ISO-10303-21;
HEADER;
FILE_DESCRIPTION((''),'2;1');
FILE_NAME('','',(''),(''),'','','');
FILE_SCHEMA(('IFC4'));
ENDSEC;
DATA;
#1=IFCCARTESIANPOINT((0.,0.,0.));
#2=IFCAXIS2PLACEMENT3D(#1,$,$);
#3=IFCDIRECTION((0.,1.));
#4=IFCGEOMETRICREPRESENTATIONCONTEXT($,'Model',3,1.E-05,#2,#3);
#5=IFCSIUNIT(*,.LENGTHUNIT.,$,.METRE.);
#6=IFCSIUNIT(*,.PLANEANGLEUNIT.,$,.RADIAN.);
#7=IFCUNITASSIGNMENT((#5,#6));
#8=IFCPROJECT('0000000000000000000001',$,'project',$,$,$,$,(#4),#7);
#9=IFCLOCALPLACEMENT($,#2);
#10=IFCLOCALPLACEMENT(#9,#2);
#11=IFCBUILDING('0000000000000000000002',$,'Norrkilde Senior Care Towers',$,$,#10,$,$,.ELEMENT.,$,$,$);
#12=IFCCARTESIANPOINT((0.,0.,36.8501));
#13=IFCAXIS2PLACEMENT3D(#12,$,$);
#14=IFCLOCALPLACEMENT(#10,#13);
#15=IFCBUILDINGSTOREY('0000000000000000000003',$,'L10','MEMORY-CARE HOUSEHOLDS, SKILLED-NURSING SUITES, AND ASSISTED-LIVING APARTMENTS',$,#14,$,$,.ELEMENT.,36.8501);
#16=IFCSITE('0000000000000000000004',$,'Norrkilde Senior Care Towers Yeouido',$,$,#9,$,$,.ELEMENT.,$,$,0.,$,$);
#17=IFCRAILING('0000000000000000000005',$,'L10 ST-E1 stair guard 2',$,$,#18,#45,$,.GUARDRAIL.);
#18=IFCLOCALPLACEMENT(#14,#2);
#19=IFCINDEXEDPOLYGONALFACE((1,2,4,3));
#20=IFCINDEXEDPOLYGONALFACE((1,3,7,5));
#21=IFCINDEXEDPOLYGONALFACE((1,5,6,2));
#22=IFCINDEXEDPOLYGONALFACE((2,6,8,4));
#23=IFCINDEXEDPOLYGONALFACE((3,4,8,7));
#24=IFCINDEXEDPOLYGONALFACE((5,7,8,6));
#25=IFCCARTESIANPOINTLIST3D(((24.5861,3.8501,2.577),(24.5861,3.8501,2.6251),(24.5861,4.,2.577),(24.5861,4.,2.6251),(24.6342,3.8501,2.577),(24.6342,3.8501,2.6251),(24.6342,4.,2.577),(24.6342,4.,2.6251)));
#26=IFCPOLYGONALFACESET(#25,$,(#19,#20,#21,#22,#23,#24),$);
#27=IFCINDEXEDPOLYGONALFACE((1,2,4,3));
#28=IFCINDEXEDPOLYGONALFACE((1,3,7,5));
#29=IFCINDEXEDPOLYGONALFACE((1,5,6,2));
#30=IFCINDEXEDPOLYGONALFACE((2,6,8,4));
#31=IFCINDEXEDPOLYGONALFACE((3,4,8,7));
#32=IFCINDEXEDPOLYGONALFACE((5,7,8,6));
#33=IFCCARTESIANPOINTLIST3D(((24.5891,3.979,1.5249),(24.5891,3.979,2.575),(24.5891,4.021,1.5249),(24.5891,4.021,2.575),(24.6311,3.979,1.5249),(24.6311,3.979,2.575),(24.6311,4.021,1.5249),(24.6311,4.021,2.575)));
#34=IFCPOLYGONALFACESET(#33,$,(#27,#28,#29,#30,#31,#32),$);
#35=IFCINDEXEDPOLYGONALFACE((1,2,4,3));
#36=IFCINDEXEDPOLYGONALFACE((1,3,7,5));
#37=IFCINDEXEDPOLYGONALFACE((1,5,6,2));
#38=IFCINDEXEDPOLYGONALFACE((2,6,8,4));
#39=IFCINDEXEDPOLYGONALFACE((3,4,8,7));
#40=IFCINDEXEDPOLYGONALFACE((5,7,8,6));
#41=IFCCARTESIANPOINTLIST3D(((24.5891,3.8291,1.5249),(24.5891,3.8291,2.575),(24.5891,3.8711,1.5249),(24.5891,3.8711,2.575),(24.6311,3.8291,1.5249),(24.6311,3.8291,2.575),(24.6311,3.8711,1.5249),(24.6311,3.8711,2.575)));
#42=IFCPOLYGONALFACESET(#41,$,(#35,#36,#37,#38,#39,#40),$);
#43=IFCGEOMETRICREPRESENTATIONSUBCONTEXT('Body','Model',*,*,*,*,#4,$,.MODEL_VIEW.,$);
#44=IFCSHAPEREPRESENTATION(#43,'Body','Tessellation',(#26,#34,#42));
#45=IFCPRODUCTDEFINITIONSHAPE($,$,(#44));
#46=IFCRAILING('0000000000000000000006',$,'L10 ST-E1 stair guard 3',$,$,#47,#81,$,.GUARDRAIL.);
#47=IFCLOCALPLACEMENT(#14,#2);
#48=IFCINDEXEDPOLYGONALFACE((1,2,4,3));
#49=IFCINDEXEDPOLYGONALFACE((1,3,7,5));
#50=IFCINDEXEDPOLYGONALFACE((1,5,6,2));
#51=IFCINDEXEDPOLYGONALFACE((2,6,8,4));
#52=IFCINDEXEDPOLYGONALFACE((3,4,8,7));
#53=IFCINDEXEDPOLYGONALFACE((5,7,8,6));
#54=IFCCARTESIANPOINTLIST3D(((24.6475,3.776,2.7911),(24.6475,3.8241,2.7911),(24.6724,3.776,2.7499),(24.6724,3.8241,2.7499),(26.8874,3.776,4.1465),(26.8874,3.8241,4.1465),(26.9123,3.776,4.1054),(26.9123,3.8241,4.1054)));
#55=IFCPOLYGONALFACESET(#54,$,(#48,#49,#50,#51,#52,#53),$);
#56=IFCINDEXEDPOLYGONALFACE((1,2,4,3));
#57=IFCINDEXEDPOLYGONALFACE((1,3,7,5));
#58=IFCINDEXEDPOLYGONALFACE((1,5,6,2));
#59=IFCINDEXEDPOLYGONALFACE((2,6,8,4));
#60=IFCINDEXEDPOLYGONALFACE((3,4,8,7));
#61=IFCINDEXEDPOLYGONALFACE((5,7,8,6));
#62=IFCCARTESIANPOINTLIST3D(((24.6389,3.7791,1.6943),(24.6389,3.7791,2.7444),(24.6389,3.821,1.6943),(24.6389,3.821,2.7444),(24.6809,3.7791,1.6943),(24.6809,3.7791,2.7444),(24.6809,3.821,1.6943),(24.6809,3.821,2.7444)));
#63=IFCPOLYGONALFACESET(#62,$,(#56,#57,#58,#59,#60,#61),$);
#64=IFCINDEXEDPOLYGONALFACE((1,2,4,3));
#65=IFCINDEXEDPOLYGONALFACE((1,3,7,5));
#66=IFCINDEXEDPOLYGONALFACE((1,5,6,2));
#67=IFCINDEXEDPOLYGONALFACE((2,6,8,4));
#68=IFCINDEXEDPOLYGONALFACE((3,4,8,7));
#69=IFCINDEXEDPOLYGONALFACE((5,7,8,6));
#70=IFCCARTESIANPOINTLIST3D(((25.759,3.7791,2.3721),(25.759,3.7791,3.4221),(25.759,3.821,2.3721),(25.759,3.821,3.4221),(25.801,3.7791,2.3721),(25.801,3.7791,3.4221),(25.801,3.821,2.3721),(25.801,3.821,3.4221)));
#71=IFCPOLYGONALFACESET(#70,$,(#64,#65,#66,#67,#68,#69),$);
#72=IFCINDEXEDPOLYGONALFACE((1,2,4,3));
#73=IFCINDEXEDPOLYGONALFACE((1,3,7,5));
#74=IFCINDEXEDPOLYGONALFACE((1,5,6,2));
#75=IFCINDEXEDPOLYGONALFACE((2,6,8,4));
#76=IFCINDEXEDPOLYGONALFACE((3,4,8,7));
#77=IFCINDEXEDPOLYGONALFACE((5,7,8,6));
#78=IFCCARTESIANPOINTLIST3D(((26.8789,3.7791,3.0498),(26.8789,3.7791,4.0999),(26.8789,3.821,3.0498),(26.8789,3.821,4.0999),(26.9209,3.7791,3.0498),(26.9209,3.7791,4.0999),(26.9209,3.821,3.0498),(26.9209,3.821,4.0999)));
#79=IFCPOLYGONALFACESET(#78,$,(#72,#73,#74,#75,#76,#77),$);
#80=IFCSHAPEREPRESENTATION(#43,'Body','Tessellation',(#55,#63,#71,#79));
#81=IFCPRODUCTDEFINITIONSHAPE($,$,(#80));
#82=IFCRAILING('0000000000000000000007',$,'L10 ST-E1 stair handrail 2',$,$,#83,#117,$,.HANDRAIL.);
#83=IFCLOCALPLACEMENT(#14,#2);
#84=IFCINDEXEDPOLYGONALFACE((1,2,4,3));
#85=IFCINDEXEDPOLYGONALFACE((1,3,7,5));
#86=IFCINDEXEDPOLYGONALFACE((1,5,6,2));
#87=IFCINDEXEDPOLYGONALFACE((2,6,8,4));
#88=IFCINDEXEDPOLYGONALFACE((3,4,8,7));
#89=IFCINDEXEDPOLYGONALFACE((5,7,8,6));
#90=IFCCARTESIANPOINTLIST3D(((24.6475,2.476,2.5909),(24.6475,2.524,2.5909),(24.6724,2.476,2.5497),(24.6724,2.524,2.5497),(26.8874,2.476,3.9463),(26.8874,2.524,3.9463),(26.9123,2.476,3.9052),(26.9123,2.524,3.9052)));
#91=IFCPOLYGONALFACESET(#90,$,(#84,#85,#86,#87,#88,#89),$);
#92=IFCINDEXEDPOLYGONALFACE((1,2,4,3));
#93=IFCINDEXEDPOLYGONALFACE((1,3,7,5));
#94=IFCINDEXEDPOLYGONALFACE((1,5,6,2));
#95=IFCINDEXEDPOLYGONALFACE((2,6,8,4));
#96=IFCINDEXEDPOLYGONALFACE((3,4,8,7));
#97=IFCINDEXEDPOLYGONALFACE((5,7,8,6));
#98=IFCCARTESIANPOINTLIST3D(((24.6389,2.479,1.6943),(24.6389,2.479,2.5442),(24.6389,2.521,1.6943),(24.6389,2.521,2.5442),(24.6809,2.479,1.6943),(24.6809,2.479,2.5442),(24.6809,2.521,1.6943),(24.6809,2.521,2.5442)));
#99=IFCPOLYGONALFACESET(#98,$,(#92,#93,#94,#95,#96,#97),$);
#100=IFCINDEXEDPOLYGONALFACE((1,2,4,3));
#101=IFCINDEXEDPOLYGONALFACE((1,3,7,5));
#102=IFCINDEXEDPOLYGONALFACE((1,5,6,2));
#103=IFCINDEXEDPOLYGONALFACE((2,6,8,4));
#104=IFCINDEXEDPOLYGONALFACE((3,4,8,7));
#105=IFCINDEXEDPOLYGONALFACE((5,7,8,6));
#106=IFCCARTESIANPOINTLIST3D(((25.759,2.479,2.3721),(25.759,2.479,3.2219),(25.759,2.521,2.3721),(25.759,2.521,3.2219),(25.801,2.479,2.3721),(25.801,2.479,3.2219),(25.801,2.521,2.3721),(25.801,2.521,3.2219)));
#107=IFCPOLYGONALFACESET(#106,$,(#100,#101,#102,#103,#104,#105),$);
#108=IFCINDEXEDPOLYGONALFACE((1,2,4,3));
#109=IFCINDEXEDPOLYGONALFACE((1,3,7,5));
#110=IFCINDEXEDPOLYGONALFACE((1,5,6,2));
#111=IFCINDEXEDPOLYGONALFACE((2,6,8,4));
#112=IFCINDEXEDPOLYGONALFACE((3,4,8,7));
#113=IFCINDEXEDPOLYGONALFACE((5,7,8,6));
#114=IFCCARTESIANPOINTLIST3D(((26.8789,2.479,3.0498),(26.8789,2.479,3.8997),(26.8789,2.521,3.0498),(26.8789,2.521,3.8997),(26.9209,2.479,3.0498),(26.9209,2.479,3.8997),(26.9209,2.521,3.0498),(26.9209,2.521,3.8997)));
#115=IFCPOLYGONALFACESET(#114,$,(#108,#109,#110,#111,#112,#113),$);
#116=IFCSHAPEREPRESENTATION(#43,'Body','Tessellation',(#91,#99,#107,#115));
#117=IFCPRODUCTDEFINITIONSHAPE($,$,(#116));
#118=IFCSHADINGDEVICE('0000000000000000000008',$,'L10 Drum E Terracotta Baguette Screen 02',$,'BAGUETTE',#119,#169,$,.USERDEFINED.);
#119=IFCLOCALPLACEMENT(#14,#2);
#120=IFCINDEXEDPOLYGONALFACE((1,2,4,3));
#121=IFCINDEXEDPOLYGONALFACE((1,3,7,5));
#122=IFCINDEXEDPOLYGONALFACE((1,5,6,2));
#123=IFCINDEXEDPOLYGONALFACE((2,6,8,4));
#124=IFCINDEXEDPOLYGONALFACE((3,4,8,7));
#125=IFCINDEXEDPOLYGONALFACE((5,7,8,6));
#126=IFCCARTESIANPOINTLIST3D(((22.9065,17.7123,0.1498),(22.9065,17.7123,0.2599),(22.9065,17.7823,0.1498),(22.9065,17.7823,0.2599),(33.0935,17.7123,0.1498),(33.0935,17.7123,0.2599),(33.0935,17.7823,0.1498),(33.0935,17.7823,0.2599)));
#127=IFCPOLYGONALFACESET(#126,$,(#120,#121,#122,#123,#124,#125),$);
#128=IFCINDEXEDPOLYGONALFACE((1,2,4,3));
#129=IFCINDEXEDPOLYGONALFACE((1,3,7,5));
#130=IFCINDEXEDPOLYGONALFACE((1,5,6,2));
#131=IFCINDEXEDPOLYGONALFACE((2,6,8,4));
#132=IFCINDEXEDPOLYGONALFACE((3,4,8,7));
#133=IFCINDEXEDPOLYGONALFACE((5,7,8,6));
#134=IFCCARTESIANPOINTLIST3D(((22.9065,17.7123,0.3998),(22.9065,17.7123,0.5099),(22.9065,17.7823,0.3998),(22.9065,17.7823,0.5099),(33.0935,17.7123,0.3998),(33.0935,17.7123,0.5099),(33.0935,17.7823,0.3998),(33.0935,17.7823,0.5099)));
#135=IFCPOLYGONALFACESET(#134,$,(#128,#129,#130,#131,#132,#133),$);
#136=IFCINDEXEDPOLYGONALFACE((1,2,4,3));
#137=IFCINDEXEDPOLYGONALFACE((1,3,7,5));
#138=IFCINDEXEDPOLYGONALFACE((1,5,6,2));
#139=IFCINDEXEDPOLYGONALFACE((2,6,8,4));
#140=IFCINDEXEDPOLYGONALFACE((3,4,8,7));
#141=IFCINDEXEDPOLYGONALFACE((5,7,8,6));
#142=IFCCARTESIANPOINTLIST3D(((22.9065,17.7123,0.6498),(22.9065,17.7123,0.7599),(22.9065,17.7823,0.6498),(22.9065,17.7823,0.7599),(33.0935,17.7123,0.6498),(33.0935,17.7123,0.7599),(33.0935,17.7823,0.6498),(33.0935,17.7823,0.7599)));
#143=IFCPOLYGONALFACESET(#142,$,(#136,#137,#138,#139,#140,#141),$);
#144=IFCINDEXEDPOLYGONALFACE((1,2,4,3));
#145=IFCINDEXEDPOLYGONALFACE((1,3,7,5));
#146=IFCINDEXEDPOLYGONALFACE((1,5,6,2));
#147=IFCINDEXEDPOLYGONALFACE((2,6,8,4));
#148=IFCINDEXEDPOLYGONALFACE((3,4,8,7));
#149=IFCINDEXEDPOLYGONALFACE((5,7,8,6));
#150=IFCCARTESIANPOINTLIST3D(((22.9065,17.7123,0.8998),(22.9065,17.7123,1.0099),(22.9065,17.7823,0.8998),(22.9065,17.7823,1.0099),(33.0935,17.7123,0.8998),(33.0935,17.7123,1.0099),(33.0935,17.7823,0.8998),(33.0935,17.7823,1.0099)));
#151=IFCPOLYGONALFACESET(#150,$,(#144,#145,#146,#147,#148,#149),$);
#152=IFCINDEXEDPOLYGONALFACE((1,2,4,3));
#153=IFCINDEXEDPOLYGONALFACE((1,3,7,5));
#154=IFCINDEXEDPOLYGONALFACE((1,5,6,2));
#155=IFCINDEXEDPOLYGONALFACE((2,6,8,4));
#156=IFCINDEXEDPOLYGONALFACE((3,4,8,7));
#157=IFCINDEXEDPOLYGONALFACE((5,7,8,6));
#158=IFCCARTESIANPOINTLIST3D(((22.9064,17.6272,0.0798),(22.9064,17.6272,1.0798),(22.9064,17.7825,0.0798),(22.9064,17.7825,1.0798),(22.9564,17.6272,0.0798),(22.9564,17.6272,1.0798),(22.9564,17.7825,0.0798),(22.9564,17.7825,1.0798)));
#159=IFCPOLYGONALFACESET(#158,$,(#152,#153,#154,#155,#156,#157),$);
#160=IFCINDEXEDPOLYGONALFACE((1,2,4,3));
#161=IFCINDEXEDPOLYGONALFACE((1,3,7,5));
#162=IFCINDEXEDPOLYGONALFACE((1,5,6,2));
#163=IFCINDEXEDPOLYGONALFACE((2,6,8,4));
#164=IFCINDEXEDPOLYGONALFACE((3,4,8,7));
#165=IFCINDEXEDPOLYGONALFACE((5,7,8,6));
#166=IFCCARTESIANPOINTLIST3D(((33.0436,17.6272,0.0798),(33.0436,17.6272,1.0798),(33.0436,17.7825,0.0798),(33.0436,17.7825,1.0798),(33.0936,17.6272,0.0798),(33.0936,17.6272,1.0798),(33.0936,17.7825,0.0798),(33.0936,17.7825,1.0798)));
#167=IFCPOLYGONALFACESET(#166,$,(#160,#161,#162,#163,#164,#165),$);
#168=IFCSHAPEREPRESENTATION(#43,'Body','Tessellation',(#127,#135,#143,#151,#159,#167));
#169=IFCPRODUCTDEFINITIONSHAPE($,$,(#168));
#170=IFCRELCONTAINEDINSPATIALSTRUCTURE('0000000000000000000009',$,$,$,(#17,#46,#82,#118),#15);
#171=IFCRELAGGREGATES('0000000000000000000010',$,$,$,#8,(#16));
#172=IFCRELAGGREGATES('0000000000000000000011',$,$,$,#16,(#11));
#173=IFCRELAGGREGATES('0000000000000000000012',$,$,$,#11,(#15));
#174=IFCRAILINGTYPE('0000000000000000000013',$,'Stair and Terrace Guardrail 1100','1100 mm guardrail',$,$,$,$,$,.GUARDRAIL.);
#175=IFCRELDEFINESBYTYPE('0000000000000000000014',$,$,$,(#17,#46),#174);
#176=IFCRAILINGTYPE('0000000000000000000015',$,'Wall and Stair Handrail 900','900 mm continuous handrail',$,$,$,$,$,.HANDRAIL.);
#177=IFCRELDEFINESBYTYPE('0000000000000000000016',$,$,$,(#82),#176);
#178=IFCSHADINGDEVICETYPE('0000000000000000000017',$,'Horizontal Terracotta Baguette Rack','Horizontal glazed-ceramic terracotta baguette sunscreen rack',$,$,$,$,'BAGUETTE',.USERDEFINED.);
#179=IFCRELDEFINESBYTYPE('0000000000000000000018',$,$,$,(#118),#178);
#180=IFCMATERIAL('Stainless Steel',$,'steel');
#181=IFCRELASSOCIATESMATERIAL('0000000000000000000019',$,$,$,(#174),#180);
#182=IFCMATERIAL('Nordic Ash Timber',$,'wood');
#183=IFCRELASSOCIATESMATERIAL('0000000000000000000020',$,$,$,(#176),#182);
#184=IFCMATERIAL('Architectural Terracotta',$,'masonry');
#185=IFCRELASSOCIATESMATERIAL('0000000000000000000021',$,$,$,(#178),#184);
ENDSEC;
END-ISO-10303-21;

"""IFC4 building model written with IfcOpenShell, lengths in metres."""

from ifc_helpers import new_model, si_unit, direction, frame, origin, origin_2d, place, context, subcontext, project, spatial, rectangle, extrude, source, transform, mapped, material, type_object, type_shapes, element, save


model = new_model("IFC4")

# Units and contexts
model_context = context("Model", 3, precision=1e-05, world=origin(), true_north=direction((0.0, 1.0)))
body_context = subcontext(model_context, "Body", "Model", "MODEL_VIEW")
ifc_project = project(units=[si_unit("LENGTHUNIT", "METRE"), si_unit("PLANEANGLEUNIT", "RADIAN")], contexts=[model_context])

# Site, building, storey
site_placement = place(None, origin())
site = spatial("IfcSite", under=ifc_project, at=site_placement, Name="Norrkilde Senior Care Towers Yeouido", CompositionType="ELEMENT", RefElevation=0.0)
building_placement = place(site_placement, origin())
building = spatial("IfcBuilding", under=site, at=building_placement, Name="Norrkilde Senior Care Towers", CompositionType="ELEMENT")
storey_placement = place(building_placement, frame((0.0, 0.0, 36.8501)))
storey = spatial("IfcBuildingStorey", under=building, at=storey_placement, Name="L10", Description="MEMORY-CARE HOUSEHOLDS, SKILLED-NURSING SUITES, AND ASSISTED-LIVING APARTMENTS", CompositionType="ELEMENT", Elevation=36.8501)

# Shared definitions
ifc_material_1 = material(Name="Stainless Steel", Category="steel")

# Shared definitions
ifc_material_2 = material(Name="Nordic Ash Timber", Category="wood")

# Railings
railing_type_1 = type_object("IfcRailingType", Name="Stair and Terrace Guardrail 1100", Description="1100 mm guardrail", PredefinedType="GUARDRAIL", material=ifc_material_1)
railing_1_placement = place(storey_placement, frame((24.6101, 4.0, 1.5249)))
element("IfcRailing", 1, at=railing_1_placement, inside=storey, type_object=railing_type_1, Name="L10 ST-E1 stair guard 2", PredefinedType="GUARDRAIL", context=body_context, shape_type="SweptSolid", body=[
    extrude(rectangle(XDim=0.0481, YDim=0.0481, at=origin_2d()), frame((0.0, 0.0, 1.0762), z_axis=(0.0, -1.0, 0.0), x_axis=(1.0, 0.0, 0.0)), (0.0, 0.0, 1.0), 0.1499),
    extrude(rectangle(XDim=0.042, YDim=0.042, at=origin_2d()), origin(), (0.0, 0.0, 1.0), 1.05),
    extrude(rectangle(XDim=0.042, YDim=0.042, at=origin_2d()), frame((0.0, -0.1499, 0.0)), (0.0, 0.0, 1.0), 1.05),
])
railing_2_placement = place(storey_placement, frame((24.6599, 3.8, 1.6943)))
element("IfcRailing", 2, at=railing_2_placement, inside=storey, type_object=railing_type_1, Name="L10 ST-E1 stair guard 3", PredefinedType="GUARDRAIL", context=body_context, shape_type="SweptSolid", body=[
    extrude(rectangle(XDim=0.0481, YDim=0.0481, at=origin_2d()), frame((0.0, 0.0, 1.0762), z_axis=(0.855553, 0.0, 0.517715), x_axis=(0.0, 1.0, 0.0)), (0.0, 0.0, 1.0), 2.6182),
    extrude(rectangle(XDim=0.042, YDim=0.042, at=origin_2d()), origin(), (0.0, 0.0, 1.0), 1.05),
    extrude(rectangle(XDim=0.042, YDim=0.042, at=origin_2d()), frame((1.1201, 0.0, 0.6777)), (0.0, 0.0, 1.0), 1.05),
    extrude(rectangle(XDim=0.042, YDim=0.042, at=origin_2d()), frame((2.24, 0.0, 1.3555)), (0.0, 0.0, 1.0), 1.05),
])
railing_type_2 = type_object("IfcRailingType", Name="Wall and Stair Handrail 900", Description="900 mm continuous handrail", PredefinedType="HANDRAIL", material=ifc_material_2)
railing_3_placement = place(storey_placement, frame((24.6599, 2.5, 1.6943)))
element("IfcRailing", 3, at=railing_3_placement, inside=storey, type_object=railing_type_2, Name="L10 ST-E1 stair handrail 2", PredefinedType="HANDRAIL", context=body_context, shape_type="SweptSolid", body=[
    extrude(rectangle(XDim=0.0481, YDim=0.0481, at=origin_2d()), frame((0.0, 0.0, 0.876), z_axis=(0.855553, 0.0, 0.517715), x_axis=(0.0, 1.0, 0.0)), (0.0, 0.0, 1.0), 2.6182),
    extrude(rectangle(XDim=0.042, YDim=0.042, at=origin_2d()), origin(), (0.0, 0.0, 1.0), 0.8499),
    extrude(rectangle(XDim=0.042, YDim=0.042, at=origin_2d()), frame((1.1201, 0.0, 0.6777)), (0.0, 0.0, 1.0), 0.8499),
    extrude(rectangle(XDim=0.042, YDim=0.042, at=origin_2d()), frame((2.24, 0.0, 1.3555)), (0.0, 0.0, 1.0), 0.8499),
])

# Shading device
ifc_material_3 = material(Name="Architectural Terracotta", Category="masonry")
shading_device_type = type_object("IfcShadingDeviceType", Name="Horizontal Terracotta Baguette Rack", Description="Horizontal glazed-ceramic terracotta baguette sunscreen rack", ElementType="BAGUETTE", PredefinedType="USERDEFINED", material=ifc_material_3)
shared_shape_1 = source(origin(), body_context, "Body", "SweptSolid", [
    extrude(rectangle(XDim=0.0701, YDim=0.1101, at=origin_2d()), frame((0.0, 0.0901, 0.125), z_axis=(1.0, 0.0, 0.0), x_axis=(0.0, 1.0, 0.0)), (0.0, 0.0, 1.0), 10.187),
    extrude(rectangle(XDim=0.0701, YDim=0.1101, at=origin_2d()), frame((0.0, 0.0901, 0.375), z_axis=(1.0, 0.0, 0.0), x_axis=(0.0, 1.0, 0.0)), (0.0, 0.0, 1.0), 10.187),
    extrude(rectangle(XDim=0.0701, YDim=0.1101, at=origin_2d()), frame((0.0, 0.0901, 0.625), z_axis=(1.0, 0.0, 0.0), x_axis=(0.0, 1.0, 0.0)), (0.0, 0.0, 1.0), 10.187),
    extrude(rectangle(XDim=0.0701, YDim=0.1101, at=origin_2d()), frame((0.0, 0.0901, 0.875), z_axis=(1.0, 0.0, 0.0), x_axis=(0.0, 1.0, 0.0)), (0.0, 0.0, 1.0), 10.187),
    extrude(rectangle(XDim=0.05, YDim=0.1553, at=origin_2d()), frame((0.0249, 0.0476, 0.0)), (0.0, 0.0, 1.0), 1.0),
    extrude(rectangle(XDim=0.05, YDim=0.1553, at=origin_2d()), frame((10.1621, 0.0476, 0.0)), (0.0, 0.0, 1.0), 1.0),
])
type_shapes(shading_device_type, [shared_shape_1])
shading_device_placement = place(storey_placement, frame((22.9065, 17.6572, 0.0798), z_axis=(0.0, 0.0, 1.0), x_axis=(1.0, 0.0, 0.0)))
element("IfcShadingDevice", 4, at=shading_device_placement, inside=storey, type_object=shading_device_type, Name="L10 Drum E Terracotta Baguette Screen 02", ObjectType="BAGUETTE", PredefinedType="USERDEFINED", context=body_context, shape_type="MappedRepresentation", body=[
    mapped(shared_shape_1, transform((0.0, 0.0, 0.0), x_axis=(1.0, 0.0, 0.0), y_axis=(0.0, 1.0, 0.0), z_axis=(0.0, 0.0, 1.0), scale=1.0)),
])

save(model, "model.ifc")
